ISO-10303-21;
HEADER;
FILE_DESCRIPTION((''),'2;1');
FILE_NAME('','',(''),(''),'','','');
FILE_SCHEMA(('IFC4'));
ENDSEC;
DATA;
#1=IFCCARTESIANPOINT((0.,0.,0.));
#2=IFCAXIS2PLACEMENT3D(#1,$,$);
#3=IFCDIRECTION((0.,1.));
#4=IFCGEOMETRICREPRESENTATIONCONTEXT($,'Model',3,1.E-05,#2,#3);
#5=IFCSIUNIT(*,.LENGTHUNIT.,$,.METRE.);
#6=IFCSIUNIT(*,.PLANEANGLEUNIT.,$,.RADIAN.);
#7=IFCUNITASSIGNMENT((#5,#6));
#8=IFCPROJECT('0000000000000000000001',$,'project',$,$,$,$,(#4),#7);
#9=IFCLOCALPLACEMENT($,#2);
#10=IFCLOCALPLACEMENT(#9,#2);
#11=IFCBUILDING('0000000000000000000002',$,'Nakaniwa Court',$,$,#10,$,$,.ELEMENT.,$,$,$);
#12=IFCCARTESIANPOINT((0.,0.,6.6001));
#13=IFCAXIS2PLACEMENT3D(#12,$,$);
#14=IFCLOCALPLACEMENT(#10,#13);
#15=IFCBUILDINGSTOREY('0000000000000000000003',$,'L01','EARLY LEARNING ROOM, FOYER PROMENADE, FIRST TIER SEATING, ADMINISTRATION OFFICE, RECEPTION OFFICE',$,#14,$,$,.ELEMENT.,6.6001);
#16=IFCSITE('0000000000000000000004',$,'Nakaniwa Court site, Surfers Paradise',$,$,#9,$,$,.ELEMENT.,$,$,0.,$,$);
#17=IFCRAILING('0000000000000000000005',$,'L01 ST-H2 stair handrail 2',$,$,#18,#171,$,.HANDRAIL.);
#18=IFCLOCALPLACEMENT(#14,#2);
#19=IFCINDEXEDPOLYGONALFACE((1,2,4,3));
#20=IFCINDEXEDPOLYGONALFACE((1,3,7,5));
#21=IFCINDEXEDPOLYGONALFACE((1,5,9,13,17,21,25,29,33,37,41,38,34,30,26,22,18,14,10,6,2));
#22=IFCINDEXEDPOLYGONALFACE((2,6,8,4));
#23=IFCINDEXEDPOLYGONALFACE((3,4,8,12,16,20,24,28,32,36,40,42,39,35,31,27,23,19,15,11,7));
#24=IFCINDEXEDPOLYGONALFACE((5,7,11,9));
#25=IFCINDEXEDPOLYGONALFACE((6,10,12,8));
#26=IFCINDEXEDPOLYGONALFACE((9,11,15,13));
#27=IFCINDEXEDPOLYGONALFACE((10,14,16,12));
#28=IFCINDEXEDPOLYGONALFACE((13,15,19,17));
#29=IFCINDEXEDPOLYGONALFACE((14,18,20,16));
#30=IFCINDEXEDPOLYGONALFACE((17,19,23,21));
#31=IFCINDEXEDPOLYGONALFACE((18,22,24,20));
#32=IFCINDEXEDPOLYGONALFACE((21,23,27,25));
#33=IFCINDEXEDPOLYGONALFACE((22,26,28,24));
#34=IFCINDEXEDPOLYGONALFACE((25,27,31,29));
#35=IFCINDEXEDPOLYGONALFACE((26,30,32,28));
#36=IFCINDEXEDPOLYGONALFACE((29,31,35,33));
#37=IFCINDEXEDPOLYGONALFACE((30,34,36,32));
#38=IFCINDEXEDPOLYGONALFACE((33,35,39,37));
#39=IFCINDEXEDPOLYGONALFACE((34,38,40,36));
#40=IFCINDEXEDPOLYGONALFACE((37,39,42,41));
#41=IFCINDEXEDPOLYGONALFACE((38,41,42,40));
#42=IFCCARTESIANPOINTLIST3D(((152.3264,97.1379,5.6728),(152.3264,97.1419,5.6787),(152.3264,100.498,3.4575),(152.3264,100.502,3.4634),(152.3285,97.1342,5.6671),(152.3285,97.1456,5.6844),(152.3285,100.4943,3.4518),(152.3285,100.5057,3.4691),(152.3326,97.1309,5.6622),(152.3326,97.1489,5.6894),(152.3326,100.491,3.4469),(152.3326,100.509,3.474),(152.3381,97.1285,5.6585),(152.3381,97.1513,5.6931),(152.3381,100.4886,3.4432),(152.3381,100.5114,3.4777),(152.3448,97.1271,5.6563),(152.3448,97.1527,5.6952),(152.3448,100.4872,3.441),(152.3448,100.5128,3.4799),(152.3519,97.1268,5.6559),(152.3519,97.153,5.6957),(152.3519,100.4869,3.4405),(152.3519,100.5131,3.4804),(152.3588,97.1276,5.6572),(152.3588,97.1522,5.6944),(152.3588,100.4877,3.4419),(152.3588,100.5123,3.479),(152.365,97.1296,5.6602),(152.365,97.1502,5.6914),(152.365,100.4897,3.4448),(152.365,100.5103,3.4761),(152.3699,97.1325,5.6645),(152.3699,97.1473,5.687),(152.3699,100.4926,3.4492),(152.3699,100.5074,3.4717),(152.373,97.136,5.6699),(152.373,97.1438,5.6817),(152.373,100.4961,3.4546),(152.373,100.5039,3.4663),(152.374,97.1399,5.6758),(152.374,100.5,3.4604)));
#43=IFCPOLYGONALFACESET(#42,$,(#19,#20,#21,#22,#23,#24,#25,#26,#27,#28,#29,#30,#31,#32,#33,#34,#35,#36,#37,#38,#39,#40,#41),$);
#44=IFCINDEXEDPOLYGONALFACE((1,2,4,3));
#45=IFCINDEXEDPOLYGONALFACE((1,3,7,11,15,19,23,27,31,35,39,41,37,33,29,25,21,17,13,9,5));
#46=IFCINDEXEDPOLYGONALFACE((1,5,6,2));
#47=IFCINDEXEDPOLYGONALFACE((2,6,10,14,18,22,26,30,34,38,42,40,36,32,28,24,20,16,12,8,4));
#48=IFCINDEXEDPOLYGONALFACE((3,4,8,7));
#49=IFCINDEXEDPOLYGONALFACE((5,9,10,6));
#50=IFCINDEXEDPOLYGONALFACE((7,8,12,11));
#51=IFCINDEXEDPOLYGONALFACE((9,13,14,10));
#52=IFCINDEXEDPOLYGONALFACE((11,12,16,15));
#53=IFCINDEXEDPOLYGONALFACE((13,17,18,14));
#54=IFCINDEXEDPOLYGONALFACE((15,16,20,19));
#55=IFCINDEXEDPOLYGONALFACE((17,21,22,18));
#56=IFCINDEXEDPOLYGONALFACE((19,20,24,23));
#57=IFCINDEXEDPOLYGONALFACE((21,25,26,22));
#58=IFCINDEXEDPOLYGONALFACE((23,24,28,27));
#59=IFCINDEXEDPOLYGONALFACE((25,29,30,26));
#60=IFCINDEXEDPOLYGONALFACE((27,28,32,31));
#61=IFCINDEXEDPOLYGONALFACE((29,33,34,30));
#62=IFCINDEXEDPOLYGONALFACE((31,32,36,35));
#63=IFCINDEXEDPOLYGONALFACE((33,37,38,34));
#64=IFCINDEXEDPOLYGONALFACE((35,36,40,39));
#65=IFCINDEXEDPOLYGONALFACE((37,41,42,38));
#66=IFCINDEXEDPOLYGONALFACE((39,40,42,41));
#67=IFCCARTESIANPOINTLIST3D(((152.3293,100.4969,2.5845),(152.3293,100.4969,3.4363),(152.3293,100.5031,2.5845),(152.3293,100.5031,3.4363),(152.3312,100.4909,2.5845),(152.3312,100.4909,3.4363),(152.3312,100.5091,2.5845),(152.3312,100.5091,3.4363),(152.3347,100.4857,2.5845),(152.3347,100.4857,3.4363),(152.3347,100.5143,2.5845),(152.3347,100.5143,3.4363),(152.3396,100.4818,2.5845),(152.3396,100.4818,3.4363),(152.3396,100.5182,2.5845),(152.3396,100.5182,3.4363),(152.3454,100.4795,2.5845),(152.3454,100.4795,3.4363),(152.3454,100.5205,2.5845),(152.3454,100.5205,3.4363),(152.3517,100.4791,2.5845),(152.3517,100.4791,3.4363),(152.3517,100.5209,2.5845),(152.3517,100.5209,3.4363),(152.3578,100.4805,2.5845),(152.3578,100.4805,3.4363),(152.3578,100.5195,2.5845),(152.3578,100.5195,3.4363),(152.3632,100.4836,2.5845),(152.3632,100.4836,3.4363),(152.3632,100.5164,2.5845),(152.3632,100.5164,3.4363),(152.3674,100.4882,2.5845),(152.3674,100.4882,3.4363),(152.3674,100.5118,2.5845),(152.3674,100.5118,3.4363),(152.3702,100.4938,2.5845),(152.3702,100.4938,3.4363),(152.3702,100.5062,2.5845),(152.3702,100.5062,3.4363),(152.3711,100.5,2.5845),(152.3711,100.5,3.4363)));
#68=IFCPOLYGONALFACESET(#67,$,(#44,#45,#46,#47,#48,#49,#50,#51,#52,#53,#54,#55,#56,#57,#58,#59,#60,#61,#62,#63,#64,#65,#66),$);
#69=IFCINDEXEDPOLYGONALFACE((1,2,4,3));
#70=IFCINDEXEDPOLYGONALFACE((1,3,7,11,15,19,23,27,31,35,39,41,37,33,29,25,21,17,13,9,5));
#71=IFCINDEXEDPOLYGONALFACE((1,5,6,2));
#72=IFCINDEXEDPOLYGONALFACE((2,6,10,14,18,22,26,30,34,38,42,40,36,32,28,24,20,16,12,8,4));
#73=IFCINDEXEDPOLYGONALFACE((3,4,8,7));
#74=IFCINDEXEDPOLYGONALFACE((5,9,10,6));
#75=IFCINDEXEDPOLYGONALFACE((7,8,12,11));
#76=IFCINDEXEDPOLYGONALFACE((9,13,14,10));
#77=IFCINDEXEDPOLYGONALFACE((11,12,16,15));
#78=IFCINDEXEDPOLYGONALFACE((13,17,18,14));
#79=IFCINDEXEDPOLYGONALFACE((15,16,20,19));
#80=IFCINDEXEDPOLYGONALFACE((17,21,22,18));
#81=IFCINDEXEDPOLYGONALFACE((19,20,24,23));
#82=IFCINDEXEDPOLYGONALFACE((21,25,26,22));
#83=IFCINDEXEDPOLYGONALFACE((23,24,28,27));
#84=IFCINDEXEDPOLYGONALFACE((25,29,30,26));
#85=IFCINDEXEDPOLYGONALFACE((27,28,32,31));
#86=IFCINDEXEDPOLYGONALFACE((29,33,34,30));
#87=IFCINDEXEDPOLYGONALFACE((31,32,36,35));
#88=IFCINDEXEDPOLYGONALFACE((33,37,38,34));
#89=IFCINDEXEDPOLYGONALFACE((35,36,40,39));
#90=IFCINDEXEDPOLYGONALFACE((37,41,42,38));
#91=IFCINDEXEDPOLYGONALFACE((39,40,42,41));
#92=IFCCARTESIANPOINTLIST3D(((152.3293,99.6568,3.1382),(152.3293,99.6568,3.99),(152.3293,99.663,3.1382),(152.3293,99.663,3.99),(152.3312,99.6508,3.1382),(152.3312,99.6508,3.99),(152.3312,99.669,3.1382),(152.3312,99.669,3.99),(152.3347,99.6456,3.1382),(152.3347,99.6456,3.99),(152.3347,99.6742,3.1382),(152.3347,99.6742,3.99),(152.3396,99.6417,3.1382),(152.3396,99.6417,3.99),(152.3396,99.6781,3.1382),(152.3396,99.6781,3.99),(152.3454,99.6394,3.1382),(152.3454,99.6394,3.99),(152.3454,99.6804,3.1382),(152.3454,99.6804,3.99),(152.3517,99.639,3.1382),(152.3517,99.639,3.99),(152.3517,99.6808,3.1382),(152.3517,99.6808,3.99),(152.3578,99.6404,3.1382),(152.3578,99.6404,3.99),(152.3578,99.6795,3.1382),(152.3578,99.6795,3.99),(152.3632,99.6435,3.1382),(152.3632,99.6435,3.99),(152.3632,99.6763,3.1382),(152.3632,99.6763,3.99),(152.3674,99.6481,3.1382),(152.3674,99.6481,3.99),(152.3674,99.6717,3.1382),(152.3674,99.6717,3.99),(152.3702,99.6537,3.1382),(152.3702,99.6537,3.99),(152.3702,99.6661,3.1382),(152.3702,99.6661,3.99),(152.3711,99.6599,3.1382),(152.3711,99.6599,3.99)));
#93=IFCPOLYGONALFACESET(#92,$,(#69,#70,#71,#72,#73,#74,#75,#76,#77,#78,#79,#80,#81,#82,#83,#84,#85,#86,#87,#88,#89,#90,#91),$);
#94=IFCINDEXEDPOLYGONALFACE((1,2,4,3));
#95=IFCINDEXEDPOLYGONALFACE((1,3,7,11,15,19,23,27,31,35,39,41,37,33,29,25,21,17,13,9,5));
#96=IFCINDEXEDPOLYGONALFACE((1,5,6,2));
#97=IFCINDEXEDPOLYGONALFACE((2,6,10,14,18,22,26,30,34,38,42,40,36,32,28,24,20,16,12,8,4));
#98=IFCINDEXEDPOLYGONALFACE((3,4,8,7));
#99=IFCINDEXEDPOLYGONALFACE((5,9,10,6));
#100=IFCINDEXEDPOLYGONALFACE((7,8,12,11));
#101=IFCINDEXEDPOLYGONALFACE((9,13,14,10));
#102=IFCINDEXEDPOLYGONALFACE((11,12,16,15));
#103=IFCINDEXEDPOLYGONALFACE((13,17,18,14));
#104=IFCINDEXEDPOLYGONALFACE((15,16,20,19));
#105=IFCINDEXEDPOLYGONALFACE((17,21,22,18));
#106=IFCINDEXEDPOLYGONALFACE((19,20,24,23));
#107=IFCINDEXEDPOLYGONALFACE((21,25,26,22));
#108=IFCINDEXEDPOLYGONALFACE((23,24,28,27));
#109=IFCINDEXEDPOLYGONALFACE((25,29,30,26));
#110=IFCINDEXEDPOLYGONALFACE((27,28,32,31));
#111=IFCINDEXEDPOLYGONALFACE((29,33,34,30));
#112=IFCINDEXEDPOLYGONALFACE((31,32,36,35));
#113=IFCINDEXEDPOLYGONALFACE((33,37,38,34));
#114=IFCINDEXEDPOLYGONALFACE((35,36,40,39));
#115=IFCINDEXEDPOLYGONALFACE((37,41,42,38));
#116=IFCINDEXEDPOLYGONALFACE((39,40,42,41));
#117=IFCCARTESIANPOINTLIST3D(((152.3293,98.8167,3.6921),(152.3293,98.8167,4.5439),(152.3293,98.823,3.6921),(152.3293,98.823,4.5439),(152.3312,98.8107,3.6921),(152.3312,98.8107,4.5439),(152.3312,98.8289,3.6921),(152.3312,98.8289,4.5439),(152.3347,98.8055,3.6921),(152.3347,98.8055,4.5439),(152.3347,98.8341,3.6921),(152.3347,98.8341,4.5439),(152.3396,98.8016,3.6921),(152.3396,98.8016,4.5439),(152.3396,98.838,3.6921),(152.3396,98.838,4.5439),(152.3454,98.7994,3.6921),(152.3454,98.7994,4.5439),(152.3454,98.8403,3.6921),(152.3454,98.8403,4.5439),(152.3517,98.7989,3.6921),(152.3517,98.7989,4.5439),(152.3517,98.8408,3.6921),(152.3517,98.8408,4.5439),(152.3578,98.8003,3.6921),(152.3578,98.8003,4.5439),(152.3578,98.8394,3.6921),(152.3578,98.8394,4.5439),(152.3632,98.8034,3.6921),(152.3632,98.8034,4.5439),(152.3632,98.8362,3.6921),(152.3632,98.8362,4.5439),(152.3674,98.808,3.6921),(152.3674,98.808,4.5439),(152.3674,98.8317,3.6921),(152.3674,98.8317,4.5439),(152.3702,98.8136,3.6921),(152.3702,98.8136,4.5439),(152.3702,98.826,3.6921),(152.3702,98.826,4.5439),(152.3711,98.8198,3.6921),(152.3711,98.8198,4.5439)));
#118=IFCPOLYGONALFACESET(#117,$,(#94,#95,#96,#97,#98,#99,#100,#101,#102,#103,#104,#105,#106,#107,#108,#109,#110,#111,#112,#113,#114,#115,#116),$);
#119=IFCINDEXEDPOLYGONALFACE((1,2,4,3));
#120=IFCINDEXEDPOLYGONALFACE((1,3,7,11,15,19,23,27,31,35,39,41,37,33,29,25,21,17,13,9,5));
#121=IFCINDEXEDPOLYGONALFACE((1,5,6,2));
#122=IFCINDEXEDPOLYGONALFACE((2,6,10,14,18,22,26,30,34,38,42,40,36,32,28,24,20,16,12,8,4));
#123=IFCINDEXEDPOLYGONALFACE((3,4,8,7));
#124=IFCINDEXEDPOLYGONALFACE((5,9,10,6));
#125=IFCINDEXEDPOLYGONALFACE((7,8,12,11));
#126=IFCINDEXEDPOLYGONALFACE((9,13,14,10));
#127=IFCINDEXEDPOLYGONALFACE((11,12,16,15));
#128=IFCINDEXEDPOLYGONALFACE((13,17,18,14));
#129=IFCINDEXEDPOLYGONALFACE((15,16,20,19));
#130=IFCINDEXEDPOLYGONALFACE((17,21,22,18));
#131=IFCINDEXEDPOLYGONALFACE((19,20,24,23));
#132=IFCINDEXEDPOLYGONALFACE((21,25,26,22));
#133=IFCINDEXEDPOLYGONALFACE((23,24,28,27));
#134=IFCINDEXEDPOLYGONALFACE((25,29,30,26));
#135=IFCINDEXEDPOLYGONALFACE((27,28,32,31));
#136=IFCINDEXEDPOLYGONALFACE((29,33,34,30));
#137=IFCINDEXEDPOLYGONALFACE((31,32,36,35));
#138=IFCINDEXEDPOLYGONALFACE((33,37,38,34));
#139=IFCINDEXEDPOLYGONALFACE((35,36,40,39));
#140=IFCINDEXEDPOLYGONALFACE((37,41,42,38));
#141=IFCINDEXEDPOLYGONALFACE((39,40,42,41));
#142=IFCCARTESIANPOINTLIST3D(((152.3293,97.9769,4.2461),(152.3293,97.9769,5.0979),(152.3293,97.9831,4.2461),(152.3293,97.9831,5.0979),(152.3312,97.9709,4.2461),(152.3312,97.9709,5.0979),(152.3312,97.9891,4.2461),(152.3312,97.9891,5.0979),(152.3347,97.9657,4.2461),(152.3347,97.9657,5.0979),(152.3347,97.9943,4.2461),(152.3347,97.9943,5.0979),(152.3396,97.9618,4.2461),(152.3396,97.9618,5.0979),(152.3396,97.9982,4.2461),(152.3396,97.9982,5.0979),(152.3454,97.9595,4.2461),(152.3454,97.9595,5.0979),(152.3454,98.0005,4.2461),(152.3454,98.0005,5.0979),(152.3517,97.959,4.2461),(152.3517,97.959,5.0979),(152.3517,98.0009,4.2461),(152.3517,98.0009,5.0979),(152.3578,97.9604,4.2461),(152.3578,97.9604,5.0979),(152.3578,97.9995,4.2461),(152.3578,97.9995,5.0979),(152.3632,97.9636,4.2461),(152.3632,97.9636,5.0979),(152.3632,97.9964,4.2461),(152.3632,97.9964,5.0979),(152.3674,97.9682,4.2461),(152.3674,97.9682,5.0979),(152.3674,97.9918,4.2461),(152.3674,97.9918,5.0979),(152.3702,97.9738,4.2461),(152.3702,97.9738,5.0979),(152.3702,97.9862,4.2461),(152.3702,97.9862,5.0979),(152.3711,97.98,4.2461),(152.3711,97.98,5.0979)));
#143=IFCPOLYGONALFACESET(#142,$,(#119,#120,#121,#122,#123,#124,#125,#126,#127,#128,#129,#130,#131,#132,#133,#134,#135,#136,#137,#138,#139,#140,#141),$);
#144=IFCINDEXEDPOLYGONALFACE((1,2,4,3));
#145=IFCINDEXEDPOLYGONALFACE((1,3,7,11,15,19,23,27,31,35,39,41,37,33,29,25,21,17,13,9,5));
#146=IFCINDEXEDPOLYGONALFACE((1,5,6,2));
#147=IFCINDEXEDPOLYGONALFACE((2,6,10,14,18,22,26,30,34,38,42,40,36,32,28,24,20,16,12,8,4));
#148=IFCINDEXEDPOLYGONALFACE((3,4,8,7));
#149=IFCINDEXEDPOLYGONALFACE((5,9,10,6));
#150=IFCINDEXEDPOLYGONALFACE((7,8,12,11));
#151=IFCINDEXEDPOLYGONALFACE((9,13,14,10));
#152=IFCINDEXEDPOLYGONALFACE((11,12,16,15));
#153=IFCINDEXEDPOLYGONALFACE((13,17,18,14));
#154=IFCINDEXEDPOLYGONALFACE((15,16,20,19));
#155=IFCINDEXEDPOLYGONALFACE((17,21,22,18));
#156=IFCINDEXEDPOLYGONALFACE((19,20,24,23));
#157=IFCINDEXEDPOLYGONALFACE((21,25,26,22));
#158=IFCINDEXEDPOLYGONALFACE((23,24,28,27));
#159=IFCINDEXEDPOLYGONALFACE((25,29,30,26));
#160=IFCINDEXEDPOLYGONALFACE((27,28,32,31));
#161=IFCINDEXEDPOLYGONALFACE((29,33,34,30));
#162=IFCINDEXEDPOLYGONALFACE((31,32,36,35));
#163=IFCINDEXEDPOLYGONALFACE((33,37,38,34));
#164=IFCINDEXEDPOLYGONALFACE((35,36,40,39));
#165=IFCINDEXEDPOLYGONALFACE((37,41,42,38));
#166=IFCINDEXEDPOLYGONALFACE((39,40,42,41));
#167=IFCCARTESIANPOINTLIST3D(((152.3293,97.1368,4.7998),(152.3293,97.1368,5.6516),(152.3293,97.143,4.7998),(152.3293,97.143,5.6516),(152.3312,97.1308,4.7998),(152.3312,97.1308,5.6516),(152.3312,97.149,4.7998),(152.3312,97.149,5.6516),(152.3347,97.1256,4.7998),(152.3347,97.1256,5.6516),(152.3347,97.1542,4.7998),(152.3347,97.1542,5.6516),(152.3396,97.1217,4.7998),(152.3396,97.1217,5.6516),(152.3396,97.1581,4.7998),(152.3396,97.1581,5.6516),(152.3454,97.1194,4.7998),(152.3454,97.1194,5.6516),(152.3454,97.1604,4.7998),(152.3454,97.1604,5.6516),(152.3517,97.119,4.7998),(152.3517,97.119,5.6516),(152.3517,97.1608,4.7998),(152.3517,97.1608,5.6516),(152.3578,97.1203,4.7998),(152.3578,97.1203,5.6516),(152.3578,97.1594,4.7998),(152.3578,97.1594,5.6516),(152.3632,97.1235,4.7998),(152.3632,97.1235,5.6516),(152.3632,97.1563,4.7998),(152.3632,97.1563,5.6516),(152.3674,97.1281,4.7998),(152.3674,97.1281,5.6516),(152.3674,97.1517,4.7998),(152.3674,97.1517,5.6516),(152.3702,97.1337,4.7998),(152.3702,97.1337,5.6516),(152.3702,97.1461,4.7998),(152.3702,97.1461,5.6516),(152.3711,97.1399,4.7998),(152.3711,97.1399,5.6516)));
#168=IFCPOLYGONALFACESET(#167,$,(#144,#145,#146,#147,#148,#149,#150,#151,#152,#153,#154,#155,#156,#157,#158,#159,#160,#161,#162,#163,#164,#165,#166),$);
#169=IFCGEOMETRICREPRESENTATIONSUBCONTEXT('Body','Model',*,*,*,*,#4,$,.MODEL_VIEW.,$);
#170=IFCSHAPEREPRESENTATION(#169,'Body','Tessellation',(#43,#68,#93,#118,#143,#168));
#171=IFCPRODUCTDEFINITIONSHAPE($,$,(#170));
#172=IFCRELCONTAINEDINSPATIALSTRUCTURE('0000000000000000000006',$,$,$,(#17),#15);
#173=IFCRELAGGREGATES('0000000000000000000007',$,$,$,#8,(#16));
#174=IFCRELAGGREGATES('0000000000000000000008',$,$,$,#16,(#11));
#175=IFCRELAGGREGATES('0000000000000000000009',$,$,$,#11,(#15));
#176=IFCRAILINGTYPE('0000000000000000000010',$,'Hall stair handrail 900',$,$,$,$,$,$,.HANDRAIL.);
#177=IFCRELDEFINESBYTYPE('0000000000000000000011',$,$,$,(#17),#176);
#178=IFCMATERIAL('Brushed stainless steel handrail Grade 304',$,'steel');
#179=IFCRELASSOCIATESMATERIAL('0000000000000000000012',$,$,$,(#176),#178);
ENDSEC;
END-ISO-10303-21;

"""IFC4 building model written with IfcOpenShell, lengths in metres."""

from ifc_helpers import new_model, si_unit, direction, frame, origin, origin_2d, place, context, subcontext, project, spatial, circle, extrude, material, type_object, element, save


model = new_model("IFC4")

# Units and contexts
model_context = context("Model", 3, precision=1e-05, world=origin(), true_north=direction((0.0, 1.0)))
body_context = subcontext(model_context, "Body", "Model", "MODEL_VIEW")
ifc_project = project(units=[si_unit("LENGTHUNIT", "METRE"), si_unit("PLANEANGLEUNIT", "RADIAN")], contexts=[model_context])

# Site, building, storey
site_placement = place(None, origin())
site = spatial("IfcSite", under=ifc_project, at=site_placement, Name="Nakaniwa Court site, Surfers Paradise", CompositionType="ELEMENT", RefElevation=0.0)
building_placement = place(site_placement, origin())
building = spatial("IfcBuilding", under=site, at=building_placement, Name="Nakaniwa Court", CompositionType="ELEMENT")
storey_placement = place(building_placement, frame((0.0, 0.0, 6.6001)))
storey = spatial("IfcBuildingStorey", under=building, at=storey_placement, Name="L01", Description="EARLY LEARNING ROOM, FOYER PROMENADE, FIRST TIER SEATING, ADMINISTRATION OFFICE, RECEPTION OFFICE", CompositionType="ELEMENT", Elevation=6.6001)

# Railing
ifc_material_1 = material(Name="Brushed stainless steel handrail Grade 304", Category="steel")
railing_type_1 = type_object("IfcRailingType", Name="Hall stair handrail 900", PredefinedType="HANDRAIL", material=ifc_material_1)
railing_1_placement = place(storey_placement, frame((152.3501, 100.5, 2.5845)))
element("IfcRailing", 1, at=railing_1_placement, inside=storey, type_object=railing_type_1, Name="L01 ST-H2 stair handrail 2", PredefinedType="HANDRAIL", context=body_context, shape_type="SweptSolid", body=[
    extrude(circle(Radius=0.0239, at=origin_2d()), frame((0.0, 0.0, 0.876), z_axis=(0.0, -0.834876, 0.550437), x_axis=(1.0, 0.0, 0.0)), (0.0, 0.0, 1.0), 4.0247),
    extrude(circle(Radius=0.021, at=origin_2d()), origin(), (0.0, 0.0, 1.0), 0.8518),
    extrude(circle(Radius=0.021, at=origin_2d()), frame((0.0, -0.8401, 0.5537)), (0.0, 0.0, 1.0), 0.8518),
    extrude(circle(Radius=0.021, at=origin_2d()), frame((0.0, -1.6802, 1.1077)), (0.0, 0.0, 1.0), 0.8518),
    extrude(circle(Radius=0.021, at=origin_2d()), frame((0.0, -2.52, 1.6616)), (0.0, 0.0, 1.0), 0.8518),
    extrude(circle(Radius=0.021, at=origin_2d()), frame((0.0, -3.3601, 2.2153)), (0.0, 0.0, 1.0), 0.8518),
])

save(model, "model.ifc")
